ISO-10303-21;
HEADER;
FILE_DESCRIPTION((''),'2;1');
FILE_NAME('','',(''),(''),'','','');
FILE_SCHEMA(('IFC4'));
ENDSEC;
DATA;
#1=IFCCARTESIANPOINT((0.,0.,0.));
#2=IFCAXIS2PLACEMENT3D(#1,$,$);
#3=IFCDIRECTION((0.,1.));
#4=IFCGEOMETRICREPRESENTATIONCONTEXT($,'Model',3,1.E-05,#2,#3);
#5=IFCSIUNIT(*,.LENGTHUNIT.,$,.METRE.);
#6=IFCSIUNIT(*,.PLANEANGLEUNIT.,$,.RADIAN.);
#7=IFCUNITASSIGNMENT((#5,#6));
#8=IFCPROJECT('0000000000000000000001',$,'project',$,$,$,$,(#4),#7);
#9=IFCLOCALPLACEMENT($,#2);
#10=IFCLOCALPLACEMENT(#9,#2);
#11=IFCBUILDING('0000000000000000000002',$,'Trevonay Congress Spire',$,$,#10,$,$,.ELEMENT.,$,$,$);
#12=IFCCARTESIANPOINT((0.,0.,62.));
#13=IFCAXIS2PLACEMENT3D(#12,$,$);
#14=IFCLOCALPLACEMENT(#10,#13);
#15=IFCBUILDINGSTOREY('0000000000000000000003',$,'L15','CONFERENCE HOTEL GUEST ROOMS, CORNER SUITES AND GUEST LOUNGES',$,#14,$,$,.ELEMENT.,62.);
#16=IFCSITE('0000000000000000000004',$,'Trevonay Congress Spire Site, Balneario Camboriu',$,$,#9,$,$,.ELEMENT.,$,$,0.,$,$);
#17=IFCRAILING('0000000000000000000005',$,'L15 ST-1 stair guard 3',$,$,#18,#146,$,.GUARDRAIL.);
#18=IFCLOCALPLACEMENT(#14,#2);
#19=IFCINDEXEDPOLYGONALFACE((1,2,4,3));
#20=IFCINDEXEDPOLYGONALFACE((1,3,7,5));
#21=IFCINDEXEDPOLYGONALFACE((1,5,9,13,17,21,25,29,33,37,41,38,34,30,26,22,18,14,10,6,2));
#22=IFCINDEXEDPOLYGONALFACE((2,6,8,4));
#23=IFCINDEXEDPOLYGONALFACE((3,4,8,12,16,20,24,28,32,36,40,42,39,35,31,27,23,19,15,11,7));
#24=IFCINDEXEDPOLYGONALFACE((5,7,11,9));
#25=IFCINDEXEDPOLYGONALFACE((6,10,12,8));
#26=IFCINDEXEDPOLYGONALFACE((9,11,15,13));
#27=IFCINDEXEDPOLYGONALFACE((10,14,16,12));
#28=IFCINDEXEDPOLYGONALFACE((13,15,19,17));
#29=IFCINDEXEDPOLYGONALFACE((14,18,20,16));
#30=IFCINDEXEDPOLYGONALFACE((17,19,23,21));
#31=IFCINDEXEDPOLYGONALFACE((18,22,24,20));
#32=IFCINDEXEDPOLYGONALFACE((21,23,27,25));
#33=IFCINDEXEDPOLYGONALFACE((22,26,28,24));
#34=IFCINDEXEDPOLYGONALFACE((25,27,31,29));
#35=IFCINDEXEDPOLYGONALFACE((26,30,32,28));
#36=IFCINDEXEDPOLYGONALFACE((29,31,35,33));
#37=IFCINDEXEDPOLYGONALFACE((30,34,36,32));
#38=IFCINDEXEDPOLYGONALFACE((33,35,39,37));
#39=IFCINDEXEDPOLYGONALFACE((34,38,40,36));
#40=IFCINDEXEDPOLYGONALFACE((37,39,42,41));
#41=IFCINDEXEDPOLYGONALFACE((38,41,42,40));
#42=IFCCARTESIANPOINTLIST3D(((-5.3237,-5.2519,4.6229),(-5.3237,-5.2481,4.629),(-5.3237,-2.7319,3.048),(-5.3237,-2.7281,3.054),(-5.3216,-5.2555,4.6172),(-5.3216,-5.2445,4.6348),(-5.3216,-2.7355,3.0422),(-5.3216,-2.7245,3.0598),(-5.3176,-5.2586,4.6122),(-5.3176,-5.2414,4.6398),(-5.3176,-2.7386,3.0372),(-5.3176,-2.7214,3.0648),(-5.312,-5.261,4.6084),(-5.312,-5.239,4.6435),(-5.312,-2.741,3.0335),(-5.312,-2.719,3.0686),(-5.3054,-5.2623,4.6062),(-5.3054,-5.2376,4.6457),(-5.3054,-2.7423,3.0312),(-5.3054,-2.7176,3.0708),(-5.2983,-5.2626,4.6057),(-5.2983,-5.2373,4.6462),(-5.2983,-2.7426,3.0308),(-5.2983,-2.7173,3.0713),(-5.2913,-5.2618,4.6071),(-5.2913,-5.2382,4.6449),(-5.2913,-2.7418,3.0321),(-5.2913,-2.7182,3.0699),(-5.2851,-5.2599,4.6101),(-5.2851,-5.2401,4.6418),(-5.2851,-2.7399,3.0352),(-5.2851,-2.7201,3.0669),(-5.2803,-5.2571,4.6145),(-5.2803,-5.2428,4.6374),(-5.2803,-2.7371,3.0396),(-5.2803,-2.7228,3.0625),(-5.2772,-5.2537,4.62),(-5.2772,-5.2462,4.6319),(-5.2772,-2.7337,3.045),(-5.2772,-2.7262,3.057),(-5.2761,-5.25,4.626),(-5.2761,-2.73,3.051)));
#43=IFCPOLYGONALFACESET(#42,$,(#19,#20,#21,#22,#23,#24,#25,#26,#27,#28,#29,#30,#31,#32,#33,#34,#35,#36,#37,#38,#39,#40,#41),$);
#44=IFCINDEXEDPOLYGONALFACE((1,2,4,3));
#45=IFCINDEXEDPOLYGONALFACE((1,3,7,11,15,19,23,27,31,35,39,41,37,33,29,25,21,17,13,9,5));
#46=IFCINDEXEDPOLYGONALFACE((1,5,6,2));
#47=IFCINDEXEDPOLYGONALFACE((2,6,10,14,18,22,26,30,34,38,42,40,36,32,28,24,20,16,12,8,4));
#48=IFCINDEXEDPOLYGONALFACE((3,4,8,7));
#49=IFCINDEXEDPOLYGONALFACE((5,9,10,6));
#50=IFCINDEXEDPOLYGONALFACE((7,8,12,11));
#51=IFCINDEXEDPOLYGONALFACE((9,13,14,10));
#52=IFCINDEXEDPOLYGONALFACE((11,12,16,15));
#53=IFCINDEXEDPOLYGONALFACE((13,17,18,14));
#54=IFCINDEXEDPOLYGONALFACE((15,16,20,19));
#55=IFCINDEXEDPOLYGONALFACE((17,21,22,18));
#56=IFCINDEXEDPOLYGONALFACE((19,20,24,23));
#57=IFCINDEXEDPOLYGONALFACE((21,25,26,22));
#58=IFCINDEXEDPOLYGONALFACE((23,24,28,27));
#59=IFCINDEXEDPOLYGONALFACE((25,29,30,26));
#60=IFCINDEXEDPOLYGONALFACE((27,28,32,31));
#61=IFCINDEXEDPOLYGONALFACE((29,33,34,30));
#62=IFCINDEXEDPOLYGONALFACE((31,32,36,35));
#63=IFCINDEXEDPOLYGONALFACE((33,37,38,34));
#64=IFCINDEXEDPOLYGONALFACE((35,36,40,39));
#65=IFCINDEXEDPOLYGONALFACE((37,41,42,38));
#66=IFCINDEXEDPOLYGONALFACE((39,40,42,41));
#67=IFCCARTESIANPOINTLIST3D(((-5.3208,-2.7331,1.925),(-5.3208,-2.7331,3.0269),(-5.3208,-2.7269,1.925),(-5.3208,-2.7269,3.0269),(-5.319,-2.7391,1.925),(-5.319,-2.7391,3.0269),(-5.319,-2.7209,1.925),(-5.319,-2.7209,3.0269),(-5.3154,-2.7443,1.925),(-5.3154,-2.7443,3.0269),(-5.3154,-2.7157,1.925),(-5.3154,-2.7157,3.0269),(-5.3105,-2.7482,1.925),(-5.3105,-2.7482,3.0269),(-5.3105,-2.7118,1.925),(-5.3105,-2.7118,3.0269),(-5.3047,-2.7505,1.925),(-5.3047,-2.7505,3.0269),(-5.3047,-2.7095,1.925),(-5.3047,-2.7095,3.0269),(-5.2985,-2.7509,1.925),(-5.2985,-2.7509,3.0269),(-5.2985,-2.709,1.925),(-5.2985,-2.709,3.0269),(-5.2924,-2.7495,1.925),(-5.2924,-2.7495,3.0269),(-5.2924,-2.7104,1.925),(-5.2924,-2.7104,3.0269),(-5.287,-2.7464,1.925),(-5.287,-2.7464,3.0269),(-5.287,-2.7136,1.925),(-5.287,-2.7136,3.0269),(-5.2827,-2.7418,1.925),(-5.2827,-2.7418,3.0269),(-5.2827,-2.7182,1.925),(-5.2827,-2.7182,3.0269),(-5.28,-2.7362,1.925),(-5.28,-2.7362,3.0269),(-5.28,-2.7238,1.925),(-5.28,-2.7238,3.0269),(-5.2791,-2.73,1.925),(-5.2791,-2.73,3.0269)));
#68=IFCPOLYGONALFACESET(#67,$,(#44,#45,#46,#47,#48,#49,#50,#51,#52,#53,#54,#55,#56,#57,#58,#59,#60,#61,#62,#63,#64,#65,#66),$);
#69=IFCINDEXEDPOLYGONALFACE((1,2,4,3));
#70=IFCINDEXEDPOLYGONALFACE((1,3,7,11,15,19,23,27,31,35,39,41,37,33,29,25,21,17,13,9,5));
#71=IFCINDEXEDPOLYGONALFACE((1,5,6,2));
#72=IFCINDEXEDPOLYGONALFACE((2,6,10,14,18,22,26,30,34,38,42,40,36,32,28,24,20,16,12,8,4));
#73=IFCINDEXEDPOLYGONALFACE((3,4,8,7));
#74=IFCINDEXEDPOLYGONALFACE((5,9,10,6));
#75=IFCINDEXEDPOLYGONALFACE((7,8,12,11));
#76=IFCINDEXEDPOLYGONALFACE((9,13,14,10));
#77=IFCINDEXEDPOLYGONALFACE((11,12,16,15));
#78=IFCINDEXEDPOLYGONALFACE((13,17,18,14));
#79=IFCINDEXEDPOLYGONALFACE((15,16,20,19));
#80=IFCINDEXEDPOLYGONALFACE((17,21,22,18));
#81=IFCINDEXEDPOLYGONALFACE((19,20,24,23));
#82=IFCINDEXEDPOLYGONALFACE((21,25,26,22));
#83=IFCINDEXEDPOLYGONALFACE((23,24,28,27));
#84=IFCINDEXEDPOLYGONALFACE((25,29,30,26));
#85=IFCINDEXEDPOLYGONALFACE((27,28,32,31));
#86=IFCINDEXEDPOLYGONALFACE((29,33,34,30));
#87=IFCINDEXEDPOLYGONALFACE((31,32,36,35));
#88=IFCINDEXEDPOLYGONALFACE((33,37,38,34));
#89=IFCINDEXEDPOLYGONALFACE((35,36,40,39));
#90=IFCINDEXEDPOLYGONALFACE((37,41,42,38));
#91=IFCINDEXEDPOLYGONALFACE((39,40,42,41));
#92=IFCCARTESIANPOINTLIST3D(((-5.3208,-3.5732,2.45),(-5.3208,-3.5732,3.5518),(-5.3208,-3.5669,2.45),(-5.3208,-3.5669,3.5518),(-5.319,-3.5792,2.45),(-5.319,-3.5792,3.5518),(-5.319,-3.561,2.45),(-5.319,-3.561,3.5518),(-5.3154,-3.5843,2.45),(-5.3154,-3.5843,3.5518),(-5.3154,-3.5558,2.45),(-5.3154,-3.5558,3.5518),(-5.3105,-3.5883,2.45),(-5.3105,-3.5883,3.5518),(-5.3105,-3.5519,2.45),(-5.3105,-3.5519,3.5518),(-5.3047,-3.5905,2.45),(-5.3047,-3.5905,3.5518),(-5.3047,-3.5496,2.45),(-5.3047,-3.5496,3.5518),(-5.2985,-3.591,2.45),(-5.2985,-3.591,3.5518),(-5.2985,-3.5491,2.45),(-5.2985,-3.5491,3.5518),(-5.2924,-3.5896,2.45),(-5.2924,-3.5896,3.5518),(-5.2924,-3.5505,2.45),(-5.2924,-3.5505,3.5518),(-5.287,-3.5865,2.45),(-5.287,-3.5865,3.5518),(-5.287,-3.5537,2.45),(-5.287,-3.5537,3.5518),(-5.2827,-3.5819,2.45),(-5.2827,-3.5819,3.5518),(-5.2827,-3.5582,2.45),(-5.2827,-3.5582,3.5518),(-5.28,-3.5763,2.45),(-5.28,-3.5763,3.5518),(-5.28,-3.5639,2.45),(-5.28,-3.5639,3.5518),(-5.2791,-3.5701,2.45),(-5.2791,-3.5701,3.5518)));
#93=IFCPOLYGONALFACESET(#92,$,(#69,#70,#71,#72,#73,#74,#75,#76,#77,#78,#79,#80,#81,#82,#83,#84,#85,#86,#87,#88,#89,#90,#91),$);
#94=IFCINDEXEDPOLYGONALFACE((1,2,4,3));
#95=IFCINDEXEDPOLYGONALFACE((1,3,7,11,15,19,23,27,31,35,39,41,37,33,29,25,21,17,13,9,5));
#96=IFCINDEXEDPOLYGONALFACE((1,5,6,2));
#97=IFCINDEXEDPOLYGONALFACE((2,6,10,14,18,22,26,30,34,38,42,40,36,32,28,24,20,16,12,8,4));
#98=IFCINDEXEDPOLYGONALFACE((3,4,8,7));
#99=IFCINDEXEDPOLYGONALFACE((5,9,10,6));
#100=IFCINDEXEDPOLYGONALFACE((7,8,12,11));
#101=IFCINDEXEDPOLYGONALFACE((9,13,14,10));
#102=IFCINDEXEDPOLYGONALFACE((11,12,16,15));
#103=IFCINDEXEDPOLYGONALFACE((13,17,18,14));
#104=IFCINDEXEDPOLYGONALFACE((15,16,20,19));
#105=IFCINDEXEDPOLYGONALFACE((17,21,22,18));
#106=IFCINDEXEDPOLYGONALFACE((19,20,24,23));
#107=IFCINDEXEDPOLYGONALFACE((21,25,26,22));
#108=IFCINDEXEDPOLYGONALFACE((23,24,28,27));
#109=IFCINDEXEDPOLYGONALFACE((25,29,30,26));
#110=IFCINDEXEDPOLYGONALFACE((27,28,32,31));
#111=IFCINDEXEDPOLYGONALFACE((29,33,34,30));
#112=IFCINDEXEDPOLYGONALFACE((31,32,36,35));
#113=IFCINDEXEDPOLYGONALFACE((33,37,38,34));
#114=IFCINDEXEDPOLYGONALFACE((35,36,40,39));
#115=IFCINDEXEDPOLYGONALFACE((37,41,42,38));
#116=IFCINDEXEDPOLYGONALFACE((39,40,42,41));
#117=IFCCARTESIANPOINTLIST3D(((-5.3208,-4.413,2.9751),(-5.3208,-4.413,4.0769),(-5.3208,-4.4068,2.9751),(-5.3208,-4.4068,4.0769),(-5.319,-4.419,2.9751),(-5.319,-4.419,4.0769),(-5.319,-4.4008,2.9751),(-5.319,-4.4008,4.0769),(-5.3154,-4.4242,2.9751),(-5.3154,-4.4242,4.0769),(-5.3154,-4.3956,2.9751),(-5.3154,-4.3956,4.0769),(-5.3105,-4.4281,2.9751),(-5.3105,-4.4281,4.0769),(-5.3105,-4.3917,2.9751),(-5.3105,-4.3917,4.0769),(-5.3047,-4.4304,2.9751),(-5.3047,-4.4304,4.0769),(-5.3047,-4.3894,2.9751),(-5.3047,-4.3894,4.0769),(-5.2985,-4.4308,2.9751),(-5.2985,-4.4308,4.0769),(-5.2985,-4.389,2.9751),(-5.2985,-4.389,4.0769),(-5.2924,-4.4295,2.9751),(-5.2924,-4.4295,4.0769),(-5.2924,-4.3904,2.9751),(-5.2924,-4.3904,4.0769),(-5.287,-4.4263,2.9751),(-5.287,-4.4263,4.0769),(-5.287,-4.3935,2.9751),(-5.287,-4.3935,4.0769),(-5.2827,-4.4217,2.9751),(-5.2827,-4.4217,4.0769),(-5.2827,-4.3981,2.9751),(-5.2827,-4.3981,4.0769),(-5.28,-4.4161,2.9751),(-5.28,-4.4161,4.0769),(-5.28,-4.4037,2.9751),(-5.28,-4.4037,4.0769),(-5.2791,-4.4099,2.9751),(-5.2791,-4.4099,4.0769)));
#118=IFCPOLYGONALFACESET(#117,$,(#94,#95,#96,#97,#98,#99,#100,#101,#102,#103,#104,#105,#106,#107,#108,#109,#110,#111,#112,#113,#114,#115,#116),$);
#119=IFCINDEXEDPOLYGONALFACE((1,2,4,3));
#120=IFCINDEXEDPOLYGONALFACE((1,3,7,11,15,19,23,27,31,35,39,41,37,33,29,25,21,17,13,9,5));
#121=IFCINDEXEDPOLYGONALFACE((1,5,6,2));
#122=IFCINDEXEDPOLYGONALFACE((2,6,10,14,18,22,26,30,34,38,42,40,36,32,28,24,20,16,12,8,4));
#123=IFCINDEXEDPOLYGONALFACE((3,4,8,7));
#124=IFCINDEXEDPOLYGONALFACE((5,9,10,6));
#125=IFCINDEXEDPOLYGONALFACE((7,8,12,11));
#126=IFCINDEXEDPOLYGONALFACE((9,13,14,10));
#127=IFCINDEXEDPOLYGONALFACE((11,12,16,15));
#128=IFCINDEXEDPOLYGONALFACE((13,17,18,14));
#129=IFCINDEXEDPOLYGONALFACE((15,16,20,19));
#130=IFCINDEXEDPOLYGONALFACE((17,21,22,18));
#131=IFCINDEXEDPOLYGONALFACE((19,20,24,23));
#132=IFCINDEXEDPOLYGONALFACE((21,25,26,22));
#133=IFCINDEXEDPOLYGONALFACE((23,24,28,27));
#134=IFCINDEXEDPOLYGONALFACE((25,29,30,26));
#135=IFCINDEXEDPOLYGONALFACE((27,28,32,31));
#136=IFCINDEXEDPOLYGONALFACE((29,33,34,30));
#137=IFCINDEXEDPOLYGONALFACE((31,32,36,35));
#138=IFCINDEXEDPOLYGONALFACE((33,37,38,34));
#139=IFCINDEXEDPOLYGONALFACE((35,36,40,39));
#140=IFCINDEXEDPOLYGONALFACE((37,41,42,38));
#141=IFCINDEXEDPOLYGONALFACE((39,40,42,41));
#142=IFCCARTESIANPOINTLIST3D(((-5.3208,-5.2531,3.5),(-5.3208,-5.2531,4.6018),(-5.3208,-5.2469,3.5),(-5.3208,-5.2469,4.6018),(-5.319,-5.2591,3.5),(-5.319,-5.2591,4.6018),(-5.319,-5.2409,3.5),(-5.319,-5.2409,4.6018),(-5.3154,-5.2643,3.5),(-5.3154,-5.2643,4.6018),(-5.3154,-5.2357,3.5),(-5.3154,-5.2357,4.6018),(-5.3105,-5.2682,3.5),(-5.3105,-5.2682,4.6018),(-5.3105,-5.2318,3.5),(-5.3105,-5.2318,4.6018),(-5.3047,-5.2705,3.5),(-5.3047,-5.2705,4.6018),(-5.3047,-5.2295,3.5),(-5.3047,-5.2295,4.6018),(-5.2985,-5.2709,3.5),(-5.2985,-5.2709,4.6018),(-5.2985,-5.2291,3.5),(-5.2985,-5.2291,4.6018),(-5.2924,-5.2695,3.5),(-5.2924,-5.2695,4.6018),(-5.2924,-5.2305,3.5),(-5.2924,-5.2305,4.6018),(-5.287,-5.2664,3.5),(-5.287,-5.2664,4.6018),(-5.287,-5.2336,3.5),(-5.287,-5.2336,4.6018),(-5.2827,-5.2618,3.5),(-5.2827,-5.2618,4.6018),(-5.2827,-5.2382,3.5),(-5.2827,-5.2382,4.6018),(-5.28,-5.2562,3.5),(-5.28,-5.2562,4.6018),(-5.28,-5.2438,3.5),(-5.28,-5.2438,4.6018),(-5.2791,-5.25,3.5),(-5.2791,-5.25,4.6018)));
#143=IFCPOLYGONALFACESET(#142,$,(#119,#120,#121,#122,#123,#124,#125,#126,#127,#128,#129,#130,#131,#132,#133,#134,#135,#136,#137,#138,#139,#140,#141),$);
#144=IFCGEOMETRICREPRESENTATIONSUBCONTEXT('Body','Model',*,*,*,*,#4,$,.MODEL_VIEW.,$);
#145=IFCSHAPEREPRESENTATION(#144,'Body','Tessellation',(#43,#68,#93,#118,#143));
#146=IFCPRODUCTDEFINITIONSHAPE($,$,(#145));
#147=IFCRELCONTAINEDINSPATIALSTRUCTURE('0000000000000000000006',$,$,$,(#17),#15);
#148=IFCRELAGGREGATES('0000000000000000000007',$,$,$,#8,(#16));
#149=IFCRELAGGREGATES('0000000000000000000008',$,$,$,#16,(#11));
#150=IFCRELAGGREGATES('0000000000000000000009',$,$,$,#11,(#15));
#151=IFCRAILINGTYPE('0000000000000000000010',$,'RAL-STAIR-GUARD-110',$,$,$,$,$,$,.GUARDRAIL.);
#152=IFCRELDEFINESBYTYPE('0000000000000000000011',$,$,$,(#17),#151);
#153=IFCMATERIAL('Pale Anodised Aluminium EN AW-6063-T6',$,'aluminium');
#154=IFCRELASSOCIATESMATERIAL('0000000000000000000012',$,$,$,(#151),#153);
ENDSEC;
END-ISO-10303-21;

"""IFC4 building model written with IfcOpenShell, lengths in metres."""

from ifc_helpers import new_model, si_unit, direction, frame, origin, origin_2d, place, context, subcontext, project, spatial, circle, extrude, material, type_object, element, save


model = new_model("IFC4")

# Units and contexts
model_context = context("Model", 3, precision=1e-05, world=origin(), true_north=direction((0.0, 1.0)))
body_context = subcontext(model_context, "Body", "Model", "MODEL_VIEW")
ifc_project = project(units=[si_unit("LENGTHUNIT", "METRE"), si_unit("PLANEANGLEUNIT", "RADIAN")], contexts=[model_context])

# Site, building, storey
site_placement = place(None, origin())
site = spatial("IfcSite", under=ifc_project, at=site_placement, Name="Trevonay Congress Spire Site, Balneario Camboriu", CompositionType="ELEMENT", RefElevation=0.0)
building_placement = place(site_placement, origin())
building = spatial("IfcBuilding", under=site, at=building_placement, Name="Trevonay Congress Spire", CompositionType="ELEMENT")
storey_placement = place(building_placement, frame((0.0, 0.0, 62.0)))
storey = spatial("IfcBuildingStorey", under=building, at=storey_placement, Name="L15", Description="CONFERENCE HOTEL GUEST ROOMS, CORNER SUITES AND GUEST LOUNGES", CompositionType="ELEMENT", Elevation=62.0)

# Shared definitions
ifc_material_1 = material(Name="Pale Anodised Aluminium EN AW-6063-T6", Category="aluminium")

# Railing
railing_type_1 = type_object("IfcRailingType", Name="RAL-STAIR-GUARD-110", PredefinedType="GUARDRAIL", material=ifc_material_1)
railing_1_placement = place(storey_placement, frame((-5.3, -2.73, 1.925)))
element("IfcRailing", 1, at=railing_1_placement, inside=storey, type_object=railing_type_1, Name="L15 ST-1 stair guard 3", PredefinedType="GUARDRAIL", context=body_context, shape_type="SweptSolid", body=[
    extrude(circle(Radius=0.0239, at=origin_2d()), frame((0.0, 0.0, 1.126), z_axis=(0.0, -0.848008, 0.529984), x_axis=(1.0, 0.0, 0.0)), (0.0, 0.0, 1.0), 2.9717),
    extrude(circle(Radius=0.021, at=origin_2d()), origin(), (0.0, 0.0, 1.0), 1.1018),
    extrude(circle(Radius=0.021, at=origin_2d()), frame((0.0, -0.8401, 0.5249)), (0.0, 0.0, 1.0), 1.1018),
    extrude(circle(Radius=0.021, at=origin_2d()), frame((0.0, -1.6799, 1.05)), (0.0, 0.0, 1.0), 1.1018),
    extrude(circle(Radius=0.021, at=origin_2d()), frame((0.0, -2.52, 1.575)), (0.0, 0.0, 1.0), 1.1018),
])

save(model, "model.ifc")
